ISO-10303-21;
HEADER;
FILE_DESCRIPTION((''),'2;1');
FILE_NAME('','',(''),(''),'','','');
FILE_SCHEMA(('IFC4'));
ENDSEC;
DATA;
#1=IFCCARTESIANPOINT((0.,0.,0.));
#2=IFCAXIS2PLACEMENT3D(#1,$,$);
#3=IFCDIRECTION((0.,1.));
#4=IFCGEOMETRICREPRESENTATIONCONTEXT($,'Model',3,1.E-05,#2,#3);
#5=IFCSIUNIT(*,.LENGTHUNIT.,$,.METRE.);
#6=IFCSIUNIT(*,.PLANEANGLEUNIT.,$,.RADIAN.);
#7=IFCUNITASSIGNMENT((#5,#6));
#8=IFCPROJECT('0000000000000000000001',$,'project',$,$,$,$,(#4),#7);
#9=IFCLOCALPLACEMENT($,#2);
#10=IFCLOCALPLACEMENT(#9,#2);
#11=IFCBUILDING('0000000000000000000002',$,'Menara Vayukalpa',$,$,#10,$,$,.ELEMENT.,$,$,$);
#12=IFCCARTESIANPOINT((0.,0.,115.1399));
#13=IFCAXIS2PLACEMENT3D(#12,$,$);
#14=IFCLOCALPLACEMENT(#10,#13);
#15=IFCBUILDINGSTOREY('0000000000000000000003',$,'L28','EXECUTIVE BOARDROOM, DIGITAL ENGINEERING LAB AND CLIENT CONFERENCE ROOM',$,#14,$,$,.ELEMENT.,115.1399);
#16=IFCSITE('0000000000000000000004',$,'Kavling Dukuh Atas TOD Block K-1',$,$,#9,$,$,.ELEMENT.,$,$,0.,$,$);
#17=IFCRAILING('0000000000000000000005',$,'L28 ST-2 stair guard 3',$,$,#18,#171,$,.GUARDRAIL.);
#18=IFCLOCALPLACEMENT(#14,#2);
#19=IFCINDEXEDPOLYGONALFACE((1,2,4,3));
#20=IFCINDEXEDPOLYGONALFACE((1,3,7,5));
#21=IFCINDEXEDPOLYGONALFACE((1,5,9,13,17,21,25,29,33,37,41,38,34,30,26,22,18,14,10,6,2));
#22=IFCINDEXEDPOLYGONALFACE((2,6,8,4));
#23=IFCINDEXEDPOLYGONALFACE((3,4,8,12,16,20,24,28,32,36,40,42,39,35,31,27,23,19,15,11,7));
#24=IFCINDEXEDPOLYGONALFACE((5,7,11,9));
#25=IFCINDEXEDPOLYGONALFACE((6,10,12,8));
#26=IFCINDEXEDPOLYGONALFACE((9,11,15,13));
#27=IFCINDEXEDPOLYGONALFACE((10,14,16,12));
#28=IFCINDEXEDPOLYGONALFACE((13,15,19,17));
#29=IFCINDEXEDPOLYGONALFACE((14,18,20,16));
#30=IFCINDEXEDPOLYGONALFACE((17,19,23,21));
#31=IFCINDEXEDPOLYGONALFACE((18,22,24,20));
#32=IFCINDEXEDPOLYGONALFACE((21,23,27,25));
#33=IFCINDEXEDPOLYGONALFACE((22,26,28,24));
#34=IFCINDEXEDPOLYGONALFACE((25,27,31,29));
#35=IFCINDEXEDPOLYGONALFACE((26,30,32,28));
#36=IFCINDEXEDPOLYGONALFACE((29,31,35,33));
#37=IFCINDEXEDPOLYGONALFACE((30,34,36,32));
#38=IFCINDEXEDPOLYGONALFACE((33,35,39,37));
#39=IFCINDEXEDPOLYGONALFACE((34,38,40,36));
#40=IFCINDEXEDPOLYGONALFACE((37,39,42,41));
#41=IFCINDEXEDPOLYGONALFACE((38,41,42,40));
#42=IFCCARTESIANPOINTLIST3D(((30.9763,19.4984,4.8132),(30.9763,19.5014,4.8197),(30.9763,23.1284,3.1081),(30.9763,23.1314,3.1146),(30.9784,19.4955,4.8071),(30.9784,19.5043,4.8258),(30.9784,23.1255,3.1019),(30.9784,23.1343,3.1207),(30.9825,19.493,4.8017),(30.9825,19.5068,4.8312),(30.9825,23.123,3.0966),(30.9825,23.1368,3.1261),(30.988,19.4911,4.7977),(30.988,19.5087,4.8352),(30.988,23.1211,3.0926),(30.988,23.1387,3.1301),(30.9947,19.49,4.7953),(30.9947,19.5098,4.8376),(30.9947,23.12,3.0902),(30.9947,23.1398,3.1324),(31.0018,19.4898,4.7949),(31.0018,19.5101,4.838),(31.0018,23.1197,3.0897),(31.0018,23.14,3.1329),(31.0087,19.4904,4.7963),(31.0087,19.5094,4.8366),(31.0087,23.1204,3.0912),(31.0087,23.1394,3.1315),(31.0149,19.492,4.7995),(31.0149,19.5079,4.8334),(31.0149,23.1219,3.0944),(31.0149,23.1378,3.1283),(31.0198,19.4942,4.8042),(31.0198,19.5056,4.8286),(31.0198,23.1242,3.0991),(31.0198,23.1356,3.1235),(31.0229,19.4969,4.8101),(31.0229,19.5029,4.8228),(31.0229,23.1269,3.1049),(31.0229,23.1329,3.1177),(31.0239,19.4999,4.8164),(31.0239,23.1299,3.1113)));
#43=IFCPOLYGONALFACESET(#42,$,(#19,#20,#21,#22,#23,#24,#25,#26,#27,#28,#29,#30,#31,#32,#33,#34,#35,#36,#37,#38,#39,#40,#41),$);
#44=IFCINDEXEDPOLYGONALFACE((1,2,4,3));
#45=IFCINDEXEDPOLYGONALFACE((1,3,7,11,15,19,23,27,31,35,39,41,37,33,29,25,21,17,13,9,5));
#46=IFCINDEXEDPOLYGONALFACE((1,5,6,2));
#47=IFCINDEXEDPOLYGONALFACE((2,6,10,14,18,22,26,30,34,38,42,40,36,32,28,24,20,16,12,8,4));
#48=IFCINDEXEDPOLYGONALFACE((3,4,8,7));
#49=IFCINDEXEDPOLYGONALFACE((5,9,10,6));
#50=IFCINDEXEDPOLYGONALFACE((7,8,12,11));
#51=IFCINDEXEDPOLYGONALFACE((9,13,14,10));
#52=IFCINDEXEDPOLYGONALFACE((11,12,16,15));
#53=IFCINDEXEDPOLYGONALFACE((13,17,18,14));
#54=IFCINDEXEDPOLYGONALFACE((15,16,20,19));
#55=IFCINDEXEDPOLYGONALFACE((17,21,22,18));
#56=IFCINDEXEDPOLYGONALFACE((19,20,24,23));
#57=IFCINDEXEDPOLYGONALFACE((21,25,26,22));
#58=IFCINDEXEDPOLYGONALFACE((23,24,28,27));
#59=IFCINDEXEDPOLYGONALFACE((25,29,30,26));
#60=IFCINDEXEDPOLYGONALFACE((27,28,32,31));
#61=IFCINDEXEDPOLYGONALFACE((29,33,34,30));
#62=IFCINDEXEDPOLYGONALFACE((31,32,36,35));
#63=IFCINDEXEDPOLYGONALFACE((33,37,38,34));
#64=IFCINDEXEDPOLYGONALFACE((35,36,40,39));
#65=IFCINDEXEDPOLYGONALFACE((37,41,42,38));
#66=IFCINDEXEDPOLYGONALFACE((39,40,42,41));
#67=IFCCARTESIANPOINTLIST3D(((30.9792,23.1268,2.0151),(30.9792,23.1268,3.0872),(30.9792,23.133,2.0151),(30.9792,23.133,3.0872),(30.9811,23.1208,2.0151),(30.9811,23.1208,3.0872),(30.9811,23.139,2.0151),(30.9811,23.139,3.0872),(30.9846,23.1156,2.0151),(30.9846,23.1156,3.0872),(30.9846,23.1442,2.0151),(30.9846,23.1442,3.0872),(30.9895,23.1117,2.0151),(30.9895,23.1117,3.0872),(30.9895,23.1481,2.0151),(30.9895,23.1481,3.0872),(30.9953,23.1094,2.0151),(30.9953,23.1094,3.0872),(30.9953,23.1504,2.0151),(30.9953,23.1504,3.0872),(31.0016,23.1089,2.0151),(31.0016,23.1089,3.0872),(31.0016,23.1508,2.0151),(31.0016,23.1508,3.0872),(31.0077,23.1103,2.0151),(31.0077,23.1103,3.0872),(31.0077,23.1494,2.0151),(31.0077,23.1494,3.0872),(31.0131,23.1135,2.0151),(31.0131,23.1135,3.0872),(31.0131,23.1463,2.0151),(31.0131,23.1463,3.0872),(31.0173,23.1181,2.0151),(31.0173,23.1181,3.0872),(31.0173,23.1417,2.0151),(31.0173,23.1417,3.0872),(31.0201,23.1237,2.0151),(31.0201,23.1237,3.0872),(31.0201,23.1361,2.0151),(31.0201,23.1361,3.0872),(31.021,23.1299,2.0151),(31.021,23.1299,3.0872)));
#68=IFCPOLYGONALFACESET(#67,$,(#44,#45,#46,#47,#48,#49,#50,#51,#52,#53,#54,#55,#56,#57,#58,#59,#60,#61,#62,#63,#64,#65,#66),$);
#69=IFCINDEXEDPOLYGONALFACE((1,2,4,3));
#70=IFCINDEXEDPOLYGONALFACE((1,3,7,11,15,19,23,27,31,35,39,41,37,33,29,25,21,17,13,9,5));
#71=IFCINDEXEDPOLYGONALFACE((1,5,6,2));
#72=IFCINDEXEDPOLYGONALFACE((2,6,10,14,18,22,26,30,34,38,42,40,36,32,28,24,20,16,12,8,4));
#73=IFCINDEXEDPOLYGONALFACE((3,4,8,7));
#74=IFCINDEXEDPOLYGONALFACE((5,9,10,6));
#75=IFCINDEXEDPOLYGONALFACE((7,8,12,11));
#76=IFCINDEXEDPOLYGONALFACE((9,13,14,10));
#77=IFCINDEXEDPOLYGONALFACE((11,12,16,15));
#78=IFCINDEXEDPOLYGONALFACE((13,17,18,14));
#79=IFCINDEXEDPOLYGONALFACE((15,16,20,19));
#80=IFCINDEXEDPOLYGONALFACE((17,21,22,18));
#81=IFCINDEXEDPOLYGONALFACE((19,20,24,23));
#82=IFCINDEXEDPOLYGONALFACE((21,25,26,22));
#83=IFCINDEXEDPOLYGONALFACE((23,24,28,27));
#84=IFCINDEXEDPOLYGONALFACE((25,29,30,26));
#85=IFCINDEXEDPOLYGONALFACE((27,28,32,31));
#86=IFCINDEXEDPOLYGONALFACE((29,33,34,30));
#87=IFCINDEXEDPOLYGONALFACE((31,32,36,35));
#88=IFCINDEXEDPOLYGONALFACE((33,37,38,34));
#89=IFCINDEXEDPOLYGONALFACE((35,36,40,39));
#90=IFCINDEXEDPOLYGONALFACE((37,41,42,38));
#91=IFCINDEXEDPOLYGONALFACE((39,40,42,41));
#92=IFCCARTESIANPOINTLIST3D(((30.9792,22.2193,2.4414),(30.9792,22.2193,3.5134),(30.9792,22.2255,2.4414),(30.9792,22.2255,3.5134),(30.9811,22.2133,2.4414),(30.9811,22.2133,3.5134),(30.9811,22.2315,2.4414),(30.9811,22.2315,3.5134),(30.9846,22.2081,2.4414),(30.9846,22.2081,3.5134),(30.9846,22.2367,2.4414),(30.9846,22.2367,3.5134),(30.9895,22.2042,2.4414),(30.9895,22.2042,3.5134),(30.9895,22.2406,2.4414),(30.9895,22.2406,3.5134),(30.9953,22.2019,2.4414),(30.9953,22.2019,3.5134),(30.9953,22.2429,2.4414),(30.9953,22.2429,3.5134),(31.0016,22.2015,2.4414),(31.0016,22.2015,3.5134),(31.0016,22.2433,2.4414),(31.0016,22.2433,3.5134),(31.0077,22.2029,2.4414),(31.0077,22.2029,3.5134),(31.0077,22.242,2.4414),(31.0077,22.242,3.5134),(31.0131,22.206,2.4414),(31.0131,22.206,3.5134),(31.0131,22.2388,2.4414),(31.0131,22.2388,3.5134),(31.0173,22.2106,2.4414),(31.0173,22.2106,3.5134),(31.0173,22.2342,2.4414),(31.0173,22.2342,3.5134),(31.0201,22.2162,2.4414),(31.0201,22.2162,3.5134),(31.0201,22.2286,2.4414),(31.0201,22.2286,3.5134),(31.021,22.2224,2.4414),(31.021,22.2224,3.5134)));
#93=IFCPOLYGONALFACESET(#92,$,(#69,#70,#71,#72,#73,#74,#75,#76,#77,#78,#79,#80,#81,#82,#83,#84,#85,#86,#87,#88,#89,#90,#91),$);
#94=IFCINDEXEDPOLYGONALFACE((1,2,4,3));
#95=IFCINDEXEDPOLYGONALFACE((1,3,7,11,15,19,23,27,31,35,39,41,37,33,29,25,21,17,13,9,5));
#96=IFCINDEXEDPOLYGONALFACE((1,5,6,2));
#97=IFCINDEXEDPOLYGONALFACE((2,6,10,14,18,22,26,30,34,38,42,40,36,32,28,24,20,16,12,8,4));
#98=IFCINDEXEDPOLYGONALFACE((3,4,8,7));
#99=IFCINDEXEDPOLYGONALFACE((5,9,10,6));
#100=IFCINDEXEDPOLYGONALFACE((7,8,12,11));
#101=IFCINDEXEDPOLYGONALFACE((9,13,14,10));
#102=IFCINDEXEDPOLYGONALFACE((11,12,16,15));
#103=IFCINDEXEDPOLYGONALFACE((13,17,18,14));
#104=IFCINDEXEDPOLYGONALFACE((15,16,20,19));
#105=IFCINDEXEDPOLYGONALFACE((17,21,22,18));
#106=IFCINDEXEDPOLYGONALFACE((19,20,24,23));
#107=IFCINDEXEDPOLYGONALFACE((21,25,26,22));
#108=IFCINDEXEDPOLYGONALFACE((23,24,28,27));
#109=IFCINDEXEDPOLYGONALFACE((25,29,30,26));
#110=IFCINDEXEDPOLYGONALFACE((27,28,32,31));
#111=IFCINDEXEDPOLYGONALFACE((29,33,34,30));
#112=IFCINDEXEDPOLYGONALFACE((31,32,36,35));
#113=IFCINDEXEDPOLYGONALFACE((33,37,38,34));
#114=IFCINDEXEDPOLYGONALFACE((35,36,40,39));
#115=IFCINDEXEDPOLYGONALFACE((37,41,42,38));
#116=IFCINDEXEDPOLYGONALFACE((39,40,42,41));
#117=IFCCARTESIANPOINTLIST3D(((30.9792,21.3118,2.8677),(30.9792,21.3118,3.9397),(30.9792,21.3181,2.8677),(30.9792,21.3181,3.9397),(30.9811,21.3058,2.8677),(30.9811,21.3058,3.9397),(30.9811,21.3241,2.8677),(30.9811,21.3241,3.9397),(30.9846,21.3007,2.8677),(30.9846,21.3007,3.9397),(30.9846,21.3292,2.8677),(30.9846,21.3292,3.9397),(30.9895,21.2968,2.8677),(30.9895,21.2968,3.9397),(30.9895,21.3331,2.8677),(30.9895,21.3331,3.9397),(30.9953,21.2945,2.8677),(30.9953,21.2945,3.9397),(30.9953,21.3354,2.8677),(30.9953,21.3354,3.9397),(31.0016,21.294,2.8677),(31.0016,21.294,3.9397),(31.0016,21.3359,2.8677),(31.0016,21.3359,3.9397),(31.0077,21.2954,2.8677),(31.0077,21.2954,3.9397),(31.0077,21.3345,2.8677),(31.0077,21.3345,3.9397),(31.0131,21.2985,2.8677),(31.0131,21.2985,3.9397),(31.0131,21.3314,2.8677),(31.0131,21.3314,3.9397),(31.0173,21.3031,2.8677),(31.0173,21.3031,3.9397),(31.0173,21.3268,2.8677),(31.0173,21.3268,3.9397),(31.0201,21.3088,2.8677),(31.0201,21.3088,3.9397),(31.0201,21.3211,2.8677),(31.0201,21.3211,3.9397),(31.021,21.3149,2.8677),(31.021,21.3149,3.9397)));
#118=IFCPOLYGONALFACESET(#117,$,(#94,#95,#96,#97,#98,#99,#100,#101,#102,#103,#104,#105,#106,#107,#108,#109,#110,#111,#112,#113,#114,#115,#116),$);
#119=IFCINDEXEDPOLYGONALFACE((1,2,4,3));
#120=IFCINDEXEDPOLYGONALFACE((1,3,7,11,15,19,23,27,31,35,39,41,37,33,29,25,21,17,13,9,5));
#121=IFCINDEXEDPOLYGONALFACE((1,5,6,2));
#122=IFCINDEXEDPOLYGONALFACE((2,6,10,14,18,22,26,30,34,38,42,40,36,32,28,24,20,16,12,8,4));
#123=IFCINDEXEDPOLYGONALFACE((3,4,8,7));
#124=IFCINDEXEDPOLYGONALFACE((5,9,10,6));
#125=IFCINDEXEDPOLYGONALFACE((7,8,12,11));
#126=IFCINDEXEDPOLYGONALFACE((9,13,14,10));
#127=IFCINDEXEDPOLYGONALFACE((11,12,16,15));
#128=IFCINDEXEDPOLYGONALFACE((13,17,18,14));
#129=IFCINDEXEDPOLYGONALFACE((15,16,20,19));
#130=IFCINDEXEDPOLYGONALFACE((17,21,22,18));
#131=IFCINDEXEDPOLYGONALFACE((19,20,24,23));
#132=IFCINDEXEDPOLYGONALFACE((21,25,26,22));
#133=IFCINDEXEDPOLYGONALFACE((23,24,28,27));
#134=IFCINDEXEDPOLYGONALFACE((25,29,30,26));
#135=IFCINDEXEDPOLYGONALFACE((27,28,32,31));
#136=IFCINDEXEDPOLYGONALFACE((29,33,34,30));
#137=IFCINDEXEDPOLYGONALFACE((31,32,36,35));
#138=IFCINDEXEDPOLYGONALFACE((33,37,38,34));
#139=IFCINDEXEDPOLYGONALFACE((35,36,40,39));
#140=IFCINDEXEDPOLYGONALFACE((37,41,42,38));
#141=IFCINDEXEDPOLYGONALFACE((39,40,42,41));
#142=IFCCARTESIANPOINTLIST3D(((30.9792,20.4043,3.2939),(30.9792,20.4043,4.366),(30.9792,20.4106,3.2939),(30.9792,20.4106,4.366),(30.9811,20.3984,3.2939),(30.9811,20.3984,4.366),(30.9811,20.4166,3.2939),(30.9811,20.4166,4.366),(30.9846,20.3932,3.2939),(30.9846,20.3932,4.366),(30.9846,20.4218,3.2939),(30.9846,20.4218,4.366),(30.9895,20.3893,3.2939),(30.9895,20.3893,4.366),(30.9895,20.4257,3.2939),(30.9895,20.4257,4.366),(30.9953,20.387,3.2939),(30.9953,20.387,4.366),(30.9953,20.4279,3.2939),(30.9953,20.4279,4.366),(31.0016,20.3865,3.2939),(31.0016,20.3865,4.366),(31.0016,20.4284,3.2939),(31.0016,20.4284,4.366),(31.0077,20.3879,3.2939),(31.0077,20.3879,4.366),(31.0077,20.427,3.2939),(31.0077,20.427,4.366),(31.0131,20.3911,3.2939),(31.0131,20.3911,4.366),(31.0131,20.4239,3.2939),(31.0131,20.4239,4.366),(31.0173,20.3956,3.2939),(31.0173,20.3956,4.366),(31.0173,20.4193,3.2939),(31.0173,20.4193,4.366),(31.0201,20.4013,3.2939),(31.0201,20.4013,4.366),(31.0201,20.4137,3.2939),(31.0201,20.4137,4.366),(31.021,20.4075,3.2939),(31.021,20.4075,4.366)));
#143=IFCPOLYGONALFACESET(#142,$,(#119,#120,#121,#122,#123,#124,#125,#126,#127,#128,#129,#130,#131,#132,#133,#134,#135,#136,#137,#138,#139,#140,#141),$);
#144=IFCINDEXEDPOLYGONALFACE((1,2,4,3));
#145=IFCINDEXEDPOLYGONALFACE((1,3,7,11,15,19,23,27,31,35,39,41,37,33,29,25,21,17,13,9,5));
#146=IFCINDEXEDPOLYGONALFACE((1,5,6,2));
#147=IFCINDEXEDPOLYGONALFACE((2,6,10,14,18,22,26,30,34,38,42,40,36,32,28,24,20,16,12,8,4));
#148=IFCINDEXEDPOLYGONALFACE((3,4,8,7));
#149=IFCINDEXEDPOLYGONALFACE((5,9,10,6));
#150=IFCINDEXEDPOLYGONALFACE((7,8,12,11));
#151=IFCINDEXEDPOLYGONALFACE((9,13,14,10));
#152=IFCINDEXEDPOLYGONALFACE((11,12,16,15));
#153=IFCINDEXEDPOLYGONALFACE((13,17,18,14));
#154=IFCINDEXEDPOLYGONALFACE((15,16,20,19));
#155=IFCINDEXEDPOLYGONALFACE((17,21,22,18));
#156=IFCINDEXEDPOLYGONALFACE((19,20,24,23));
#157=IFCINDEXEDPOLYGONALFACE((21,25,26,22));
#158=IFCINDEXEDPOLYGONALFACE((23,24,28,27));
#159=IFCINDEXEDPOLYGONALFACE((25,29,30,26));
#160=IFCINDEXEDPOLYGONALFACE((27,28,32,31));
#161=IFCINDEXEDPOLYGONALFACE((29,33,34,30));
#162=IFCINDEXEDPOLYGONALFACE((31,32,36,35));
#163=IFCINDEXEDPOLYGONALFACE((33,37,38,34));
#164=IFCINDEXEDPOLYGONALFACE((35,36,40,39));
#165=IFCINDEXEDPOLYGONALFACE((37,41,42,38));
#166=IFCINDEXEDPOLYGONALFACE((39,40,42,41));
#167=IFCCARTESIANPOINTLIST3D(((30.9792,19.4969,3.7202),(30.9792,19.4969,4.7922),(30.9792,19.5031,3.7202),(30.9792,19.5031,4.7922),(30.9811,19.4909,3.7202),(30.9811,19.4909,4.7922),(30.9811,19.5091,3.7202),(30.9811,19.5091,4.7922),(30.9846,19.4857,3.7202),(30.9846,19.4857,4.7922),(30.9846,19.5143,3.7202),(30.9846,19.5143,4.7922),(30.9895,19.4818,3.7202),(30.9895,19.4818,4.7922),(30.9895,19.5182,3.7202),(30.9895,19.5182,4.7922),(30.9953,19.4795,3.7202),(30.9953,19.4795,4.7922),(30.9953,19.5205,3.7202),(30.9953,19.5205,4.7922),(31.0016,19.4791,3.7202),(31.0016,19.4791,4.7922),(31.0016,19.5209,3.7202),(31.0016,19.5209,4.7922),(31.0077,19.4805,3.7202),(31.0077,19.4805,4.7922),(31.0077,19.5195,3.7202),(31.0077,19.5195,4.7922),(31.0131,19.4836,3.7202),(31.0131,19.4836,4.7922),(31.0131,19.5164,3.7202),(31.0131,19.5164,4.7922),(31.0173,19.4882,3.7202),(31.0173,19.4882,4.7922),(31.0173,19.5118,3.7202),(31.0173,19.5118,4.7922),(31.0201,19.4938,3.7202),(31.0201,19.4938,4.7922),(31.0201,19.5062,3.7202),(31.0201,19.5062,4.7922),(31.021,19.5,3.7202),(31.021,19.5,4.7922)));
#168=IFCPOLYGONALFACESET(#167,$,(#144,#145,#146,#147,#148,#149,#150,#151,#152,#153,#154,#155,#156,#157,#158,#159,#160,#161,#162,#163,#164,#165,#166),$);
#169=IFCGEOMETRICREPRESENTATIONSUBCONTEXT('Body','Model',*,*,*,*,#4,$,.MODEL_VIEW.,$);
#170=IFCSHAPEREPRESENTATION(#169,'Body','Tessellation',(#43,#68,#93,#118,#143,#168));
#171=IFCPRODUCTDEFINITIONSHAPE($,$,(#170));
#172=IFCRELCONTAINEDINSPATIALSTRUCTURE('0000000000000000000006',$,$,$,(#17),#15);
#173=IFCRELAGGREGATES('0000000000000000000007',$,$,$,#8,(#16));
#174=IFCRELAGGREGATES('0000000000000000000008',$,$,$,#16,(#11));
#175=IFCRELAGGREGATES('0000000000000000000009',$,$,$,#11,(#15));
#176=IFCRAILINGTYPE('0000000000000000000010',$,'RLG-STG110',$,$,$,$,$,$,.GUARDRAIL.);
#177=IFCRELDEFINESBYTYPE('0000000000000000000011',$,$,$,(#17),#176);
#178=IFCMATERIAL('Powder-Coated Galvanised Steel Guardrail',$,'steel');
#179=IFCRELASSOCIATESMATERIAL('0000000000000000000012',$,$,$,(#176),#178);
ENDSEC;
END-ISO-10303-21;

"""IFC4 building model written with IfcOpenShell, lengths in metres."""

from ifc_helpers import new_model, si_unit, direction, frame, origin, origin_2d, place, context, subcontext, project, spatial, circle, extrude, material, type_object, element, save


model = new_model("IFC4")

# Units and contexts
model_context = context("Model", 3, precision=1e-05, world=origin(), true_north=direction((0.0, 1.0)))
body_context = subcontext(model_context, "Body", "Model", "MODEL_VIEW")
ifc_project = project(units=[si_unit("LENGTHUNIT", "METRE"), si_unit("PLANEANGLEUNIT", "RADIAN")], contexts=[model_context])

# Site, building, storey
site_placement = place(None, origin())
site = spatial("IfcSite", under=ifc_project, at=site_placement, Name="Kavling Dukuh Atas TOD Block K-1", CompositionType="ELEMENT", RefElevation=0.0)
building_placement = place(site_placement, origin())
building = spatial("IfcBuilding", under=site, at=building_placement, Name="Menara Vayukalpa", CompositionType="ELEMENT")
storey_placement = place(building_placement, frame((0.0, 0.0, 115.1399)))
storey = spatial("IfcBuildingStorey", under=building, at=storey_placement, Name="L28", Description="EXECUTIVE BOARDROOM, DIGITAL ENGINEERING LAB AND CLIENT CONFERENCE ROOM", CompositionType="ELEMENT", Elevation=115.1399)

# Railing
ifc_material_1 = material(Name="Powder-Coated Galvanised Steel Guardrail", Category="steel")
railing_type_1 = type_object("IfcRailingType", Name="RLG-STG110", PredefinedType="GUARDRAIL", material=ifc_material_1)
railing_1_placement = place(storey_placement, frame((31.0, 23.1299, 2.0151)))
element("IfcRailing", 1, at=railing_1_placement, inside=storey, type_object=railing_type_1, Name="L28 ST-2 stair guard 3", PredefinedType="GUARDRAIL", context=body_context, shape_type="SweptSolid", body=[
    extrude(circle(Radius=0.0239, at=origin_2d()), frame((0.0, 0.0, 1.0962), z_axis=(0.0, -0.905116, 0.425164), x_axis=(1.0, 0.0, 0.0)), (0.0, 0.0, 1.0), 4.0105),
    extrude(circle(Radius=0.021, at=origin_2d()), origin(), (0.0, 0.0, 1.0), 1.072),
    extrude(circle(Radius=0.021, at=origin_2d()), frame((0.0, -0.9075, 0.4263)), (0.0, 0.0, 1.0), 1.072),
    extrude(circle(Radius=0.021, at=origin_2d()), frame((0.0, -1.8149, 0.8525)), (0.0, 0.0, 1.0), 1.072),
    extrude(circle(Radius=0.021, at=origin_2d()), frame((0.0, -2.7224, 1.2788)), (0.0, 0.0, 1.0), 1.072),
    extrude(circle(Radius=0.021, at=origin_2d()), frame((0.0, -3.6299, 1.7051)), (0.0, 0.0, 1.0), 1.072),
])

save(model, "model.ifc")
